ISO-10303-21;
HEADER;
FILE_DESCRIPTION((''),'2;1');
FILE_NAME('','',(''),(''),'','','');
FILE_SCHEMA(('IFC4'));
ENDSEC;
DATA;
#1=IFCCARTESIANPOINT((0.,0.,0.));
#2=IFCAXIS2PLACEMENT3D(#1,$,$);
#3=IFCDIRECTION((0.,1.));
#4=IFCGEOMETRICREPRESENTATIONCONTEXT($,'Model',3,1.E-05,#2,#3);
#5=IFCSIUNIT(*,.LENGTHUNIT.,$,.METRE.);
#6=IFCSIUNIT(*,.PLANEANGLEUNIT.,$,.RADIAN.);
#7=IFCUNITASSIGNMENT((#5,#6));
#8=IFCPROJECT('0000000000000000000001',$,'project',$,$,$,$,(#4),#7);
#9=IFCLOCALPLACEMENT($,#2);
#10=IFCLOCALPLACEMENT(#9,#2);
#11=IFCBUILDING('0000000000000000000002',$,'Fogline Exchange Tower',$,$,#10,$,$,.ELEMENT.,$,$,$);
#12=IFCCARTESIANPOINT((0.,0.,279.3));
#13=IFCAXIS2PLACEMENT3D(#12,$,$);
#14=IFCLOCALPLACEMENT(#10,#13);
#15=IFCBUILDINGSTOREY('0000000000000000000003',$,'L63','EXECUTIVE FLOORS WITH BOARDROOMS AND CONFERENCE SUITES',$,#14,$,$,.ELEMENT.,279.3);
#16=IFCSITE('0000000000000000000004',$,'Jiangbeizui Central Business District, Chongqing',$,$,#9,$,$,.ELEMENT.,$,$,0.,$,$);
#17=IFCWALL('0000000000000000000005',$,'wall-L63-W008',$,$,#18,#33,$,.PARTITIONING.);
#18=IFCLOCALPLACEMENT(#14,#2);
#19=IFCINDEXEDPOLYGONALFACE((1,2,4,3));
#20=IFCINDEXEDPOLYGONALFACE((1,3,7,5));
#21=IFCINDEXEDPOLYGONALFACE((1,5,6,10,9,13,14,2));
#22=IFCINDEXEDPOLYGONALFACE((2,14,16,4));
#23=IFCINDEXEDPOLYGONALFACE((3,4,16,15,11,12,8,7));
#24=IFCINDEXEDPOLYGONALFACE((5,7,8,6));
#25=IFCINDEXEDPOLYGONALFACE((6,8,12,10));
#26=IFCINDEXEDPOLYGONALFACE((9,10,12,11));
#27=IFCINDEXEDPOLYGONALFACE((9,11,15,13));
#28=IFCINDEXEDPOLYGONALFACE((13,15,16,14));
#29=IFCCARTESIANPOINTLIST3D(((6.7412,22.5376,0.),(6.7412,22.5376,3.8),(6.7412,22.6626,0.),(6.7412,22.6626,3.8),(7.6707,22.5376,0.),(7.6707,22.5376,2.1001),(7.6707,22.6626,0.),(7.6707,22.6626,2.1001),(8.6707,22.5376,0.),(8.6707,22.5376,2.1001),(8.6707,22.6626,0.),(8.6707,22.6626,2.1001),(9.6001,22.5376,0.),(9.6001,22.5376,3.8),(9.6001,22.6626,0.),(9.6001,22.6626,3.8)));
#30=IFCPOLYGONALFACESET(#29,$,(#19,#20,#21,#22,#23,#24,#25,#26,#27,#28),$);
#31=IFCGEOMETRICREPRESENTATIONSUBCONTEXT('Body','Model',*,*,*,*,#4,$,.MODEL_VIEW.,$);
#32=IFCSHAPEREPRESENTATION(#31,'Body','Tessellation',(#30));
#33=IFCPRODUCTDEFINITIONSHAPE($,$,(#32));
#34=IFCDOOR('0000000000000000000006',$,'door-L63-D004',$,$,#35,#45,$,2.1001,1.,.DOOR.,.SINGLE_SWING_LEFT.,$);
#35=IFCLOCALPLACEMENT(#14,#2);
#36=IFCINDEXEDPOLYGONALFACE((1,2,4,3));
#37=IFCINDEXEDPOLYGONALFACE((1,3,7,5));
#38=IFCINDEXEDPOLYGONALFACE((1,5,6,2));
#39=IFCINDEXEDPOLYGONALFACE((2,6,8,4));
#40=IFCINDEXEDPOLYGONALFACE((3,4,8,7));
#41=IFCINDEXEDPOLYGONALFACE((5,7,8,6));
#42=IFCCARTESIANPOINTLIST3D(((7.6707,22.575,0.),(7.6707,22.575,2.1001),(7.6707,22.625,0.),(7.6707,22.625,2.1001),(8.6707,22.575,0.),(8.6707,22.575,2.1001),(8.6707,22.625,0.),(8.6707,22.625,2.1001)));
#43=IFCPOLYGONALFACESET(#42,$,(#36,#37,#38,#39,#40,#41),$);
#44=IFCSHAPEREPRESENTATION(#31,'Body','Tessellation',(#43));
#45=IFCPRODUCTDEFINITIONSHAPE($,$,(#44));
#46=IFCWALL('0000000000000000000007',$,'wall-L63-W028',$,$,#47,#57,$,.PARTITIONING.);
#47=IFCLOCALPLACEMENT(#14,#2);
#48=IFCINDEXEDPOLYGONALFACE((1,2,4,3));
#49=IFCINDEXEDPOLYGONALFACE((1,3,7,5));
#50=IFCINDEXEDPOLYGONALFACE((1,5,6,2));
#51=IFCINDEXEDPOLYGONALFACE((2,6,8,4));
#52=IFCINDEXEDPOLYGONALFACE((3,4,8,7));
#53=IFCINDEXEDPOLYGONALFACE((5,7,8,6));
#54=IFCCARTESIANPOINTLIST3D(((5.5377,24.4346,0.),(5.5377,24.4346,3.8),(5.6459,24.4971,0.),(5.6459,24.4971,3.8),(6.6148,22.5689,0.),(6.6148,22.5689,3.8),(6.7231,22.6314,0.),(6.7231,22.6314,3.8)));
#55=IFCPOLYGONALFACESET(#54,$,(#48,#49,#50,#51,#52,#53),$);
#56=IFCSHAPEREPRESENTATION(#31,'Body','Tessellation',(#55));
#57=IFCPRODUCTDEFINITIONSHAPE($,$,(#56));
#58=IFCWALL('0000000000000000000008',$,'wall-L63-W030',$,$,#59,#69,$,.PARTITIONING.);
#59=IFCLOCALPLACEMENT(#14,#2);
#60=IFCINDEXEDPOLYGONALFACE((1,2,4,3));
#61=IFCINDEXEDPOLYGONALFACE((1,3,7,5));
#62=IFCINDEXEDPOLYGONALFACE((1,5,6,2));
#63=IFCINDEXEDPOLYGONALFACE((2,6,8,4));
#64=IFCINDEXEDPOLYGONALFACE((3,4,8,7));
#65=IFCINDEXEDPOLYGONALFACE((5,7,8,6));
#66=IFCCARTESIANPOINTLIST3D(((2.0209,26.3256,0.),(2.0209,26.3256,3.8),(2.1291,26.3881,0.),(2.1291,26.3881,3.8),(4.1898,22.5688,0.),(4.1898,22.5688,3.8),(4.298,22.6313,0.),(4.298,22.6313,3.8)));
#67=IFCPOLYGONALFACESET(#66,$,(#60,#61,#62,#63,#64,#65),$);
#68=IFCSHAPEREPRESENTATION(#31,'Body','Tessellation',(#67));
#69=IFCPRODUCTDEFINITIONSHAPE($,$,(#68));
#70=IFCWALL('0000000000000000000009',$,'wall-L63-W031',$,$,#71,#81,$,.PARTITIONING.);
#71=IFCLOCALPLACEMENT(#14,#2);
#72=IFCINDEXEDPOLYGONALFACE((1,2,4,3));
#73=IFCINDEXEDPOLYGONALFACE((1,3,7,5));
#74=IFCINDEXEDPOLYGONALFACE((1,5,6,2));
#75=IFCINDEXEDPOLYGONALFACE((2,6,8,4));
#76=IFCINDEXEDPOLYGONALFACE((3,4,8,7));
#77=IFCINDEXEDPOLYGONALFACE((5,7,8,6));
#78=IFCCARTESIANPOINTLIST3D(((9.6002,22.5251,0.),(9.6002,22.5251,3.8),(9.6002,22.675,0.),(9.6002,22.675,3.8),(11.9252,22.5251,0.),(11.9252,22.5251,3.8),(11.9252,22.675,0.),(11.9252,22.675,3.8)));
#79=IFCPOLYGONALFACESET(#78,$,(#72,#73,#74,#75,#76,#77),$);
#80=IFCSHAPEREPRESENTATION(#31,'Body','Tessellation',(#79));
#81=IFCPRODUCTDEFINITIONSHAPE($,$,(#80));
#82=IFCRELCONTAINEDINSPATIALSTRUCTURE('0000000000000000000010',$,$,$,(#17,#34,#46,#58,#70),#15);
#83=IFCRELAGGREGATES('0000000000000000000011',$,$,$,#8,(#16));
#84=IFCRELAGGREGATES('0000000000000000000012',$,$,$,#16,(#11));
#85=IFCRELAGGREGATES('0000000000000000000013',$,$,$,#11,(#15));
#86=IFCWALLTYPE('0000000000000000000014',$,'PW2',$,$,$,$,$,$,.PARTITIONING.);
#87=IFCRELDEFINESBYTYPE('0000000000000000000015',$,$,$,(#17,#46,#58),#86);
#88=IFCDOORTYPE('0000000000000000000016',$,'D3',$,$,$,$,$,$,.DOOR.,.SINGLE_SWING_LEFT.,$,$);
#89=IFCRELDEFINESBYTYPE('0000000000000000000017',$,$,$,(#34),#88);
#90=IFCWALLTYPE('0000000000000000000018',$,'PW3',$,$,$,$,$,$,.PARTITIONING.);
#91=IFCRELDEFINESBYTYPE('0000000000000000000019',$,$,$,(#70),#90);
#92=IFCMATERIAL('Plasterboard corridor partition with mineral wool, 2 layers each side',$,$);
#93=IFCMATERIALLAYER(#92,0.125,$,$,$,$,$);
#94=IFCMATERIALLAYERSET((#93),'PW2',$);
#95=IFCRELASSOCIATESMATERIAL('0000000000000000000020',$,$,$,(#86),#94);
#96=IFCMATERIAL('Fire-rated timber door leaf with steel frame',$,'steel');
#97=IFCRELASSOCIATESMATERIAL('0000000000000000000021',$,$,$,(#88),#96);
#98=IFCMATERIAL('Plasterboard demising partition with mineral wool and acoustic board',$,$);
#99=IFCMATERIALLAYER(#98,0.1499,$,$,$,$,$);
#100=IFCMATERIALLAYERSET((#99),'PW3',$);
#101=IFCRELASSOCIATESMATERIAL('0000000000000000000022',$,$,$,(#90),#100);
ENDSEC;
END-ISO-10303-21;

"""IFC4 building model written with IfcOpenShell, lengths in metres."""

from ifc_helpers import new_model, si_unit, direction, frame, frame_2d, origin, place, context, subcontext, project, spatial, rectangle, extrude, material, layer, layer_set, type_object, element, fill, save


model = new_model("IFC4")

# Units and contexts
model_context = context("Model", 3, precision=1e-05, world=origin(), true_north=direction((0.0, 1.0)))
body_context = subcontext(model_context, "Body", "Model", "MODEL_VIEW")
ifc_project = project(units=[si_unit("LENGTHUNIT", "METRE"), si_unit("PLANEANGLEUNIT", "RADIAN")], contexts=[model_context])

# Site, building, storey
site_placement = place(None, origin())
site = spatial("IfcSite", under=ifc_project, at=site_placement, Name="Jiangbeizui Central Business District, Chongqing", CompositionType="ELEMENT", RefElevation=0.0)
building_placement = place(site_placement, origin())
building = spatial("IfcBuilding", under=site, at=building_placement, Name="Fogline Exchange Tower", CompositionType="ELEMENT")
storey_placement = place(building_placement, frame((0.0, 0.0, 279.3)))
storey = spatial("IfcBuildingStorey", under=building, at=storey_placement, Name="L63", Description="EXECUTIVE FLOORS WITH BOARDROOMS AND CONFERENCE SUITES", CompositionType="ELEMENT", Elevation=279.3)

# Shared definitions
ifc_material_1 = material(Name="Plasterboard corridor partition with mineral wool, 2 layers each side")
ifc_layer_1 = layer(ifc_material_1, 0.125)
ifc_layer_set_1 = layer_set([ifc_layer_1], Name="PW2")
wall_type_1 = type_object("IfcWallType", Name="PW2", PredefinedType="PARTITIONING", material=ifc_layer_set_1)

# Wall, opening, door
wall_1_placement = place(storey_placement, frame((6.7412, 22.6001, 0.0), z_axis=(0.0, 0.0, 1.0), x_axis=(1.0, 0.0, 0.0)))
wall_1 = element("IfcWall", 1, at=wall_1_placement, inside=storey, type_object=wall_type_1, Name="wall-L63-W008", PredefinedType="PARTITIONING", context=body_context, shape_type="SweptSolid", body=[
    extrude(rectangle(XDim=2.8589, YDim=0.125, at=frame_2d((1.4294, 0.0))), origin(), (0.0, 0.0, 1.0), 3.8),
])
opening_1_placement = place(wall_1_placement, frame((0.9294, 0.0, 0.0)))
opening_1 = element("IfcOpeningElement", 2, at=opening_1_placement, cuts=wall_1, PredefinedType="OPENING", context=body_context, shape_type="SweptSolid", body=[
    extrude(rectangle(XDim=1.0, YDim=2.1001, at=frame_2d((0.5, 1.05))), frame((0.0, 0.0725, 0.0), z_axis=(0.0, -1.0, 0.0), x_axis=(1.0, 0.0, 0.0)), (0.0, 0.0, 1.0), 0.145),
])
ifc_material_2 = material(Name="Fire-rated timber door leaf with steel frame", Category="steel")
door_type_1 = type_object("IfcDoorType", Name="D3", OperationType="SINGLE_SWING_LEFT", PredefinedType="DOOR", material=ifc_material_2)
door_1_placement = place(opening_1_placement, origin())
door_1 = element("IfcDoor", 3, at=door_1_placement, inside=storey, type_object=door_type_1, Name="door-L63-D004", OperationType="SINGLE_SWING_LEFT", OverallHeight=2.1001, OverallWidth=1.0, PredefinedType="DOOR", context=body_context, shape_type="SweptSolid", body=[
    extrude(rectangle(XDim=1.0, YDim=2.1001, at=frame_2d((0.5, 1.05))), frame((0.0, 0.0249, 0.0), z_axis=(0.0, -1.0, 0.0), x_axis=(1.0, 0.0, 0.0)), (0.0, 0.0, 1.0), 0.05),
])
fill(opening_1, door_1)

# Walls
wall_2_placement = place(storey_placement, frame((5.5918, 24.4658, 0.0), z_axis=(0.0, 0.0, 1.0), x_axis=(0.499991, -0.866031, 0.0)))
element("IfcWall", 4, at=wall_2_placement, inside=storey, type_object=wall_type_1, Name="wall-L63-W028", PredefinedType="PARTITIONING", context=body_context, shape_type="SweptSolid", body=[
    extrude(rectangle(XDim=2.1543, YDim=0.125, at=frame_2d((1.0771, 0.0))), origin(), (0.0, 0.0, 1.0), 3.8),
])
wall_3_placement = place(storey_placement, frame((4.2439, 22.6001, 0.0), z_axis=(0.0, 0.0, 1.0), x_axis=(-0.499989, 0.866032, 0.0)))
element("IfcWall", 5, at=wall_3_placement, inside=storey, type_object=wall_type_1, Name="wall-L63-W030", PredefinedType="PARTITIONING", context=body_context, shape_type="SweptSolid", body=[
    extrude(rectangle(XDim=4.3379, YDim=0.125, at=frame_2d((2.1689, 0.0))), origin(), (0.0, 0.0, 1.0), 3.8),
])
ifc_material_3 = material(Name="Plasterboard demising partition with mineral wool and acoustic board")
ifc_layer_2 = layer(ifc_material_3, 0.1499)
ifc_layer_set_2 = layer_set([ifc_layer_2], Name="PW3")
wall_type_2 = type_object("IfcWallType", Name="PW3", PredefinedType="PARTITIONING", material=ifc_layer_set_2)
wall_4_placement = place(storey_placement, frame((9.6001, 22.6001, 0.0), z_axis=(0.0, 0.0, 1.0), x_axis=(1.0, 0.0, 0.0)))
element("IfcWall", 6, at=wall_4_placement, inside=storey, type_object=wall_type_2, Name="wall-L63-W031", PredefinedType="PARTITIONING", context=body_context, shape_type="SweptSolid", body=[
    extrude(rectangle(XDim=2.325, YDim=0.1499, at=frame_2d((1.1626, 0.0))), origin(), (0.0, 0.0, 1.0), 3.8),
])

save(model, "model.ifc")
